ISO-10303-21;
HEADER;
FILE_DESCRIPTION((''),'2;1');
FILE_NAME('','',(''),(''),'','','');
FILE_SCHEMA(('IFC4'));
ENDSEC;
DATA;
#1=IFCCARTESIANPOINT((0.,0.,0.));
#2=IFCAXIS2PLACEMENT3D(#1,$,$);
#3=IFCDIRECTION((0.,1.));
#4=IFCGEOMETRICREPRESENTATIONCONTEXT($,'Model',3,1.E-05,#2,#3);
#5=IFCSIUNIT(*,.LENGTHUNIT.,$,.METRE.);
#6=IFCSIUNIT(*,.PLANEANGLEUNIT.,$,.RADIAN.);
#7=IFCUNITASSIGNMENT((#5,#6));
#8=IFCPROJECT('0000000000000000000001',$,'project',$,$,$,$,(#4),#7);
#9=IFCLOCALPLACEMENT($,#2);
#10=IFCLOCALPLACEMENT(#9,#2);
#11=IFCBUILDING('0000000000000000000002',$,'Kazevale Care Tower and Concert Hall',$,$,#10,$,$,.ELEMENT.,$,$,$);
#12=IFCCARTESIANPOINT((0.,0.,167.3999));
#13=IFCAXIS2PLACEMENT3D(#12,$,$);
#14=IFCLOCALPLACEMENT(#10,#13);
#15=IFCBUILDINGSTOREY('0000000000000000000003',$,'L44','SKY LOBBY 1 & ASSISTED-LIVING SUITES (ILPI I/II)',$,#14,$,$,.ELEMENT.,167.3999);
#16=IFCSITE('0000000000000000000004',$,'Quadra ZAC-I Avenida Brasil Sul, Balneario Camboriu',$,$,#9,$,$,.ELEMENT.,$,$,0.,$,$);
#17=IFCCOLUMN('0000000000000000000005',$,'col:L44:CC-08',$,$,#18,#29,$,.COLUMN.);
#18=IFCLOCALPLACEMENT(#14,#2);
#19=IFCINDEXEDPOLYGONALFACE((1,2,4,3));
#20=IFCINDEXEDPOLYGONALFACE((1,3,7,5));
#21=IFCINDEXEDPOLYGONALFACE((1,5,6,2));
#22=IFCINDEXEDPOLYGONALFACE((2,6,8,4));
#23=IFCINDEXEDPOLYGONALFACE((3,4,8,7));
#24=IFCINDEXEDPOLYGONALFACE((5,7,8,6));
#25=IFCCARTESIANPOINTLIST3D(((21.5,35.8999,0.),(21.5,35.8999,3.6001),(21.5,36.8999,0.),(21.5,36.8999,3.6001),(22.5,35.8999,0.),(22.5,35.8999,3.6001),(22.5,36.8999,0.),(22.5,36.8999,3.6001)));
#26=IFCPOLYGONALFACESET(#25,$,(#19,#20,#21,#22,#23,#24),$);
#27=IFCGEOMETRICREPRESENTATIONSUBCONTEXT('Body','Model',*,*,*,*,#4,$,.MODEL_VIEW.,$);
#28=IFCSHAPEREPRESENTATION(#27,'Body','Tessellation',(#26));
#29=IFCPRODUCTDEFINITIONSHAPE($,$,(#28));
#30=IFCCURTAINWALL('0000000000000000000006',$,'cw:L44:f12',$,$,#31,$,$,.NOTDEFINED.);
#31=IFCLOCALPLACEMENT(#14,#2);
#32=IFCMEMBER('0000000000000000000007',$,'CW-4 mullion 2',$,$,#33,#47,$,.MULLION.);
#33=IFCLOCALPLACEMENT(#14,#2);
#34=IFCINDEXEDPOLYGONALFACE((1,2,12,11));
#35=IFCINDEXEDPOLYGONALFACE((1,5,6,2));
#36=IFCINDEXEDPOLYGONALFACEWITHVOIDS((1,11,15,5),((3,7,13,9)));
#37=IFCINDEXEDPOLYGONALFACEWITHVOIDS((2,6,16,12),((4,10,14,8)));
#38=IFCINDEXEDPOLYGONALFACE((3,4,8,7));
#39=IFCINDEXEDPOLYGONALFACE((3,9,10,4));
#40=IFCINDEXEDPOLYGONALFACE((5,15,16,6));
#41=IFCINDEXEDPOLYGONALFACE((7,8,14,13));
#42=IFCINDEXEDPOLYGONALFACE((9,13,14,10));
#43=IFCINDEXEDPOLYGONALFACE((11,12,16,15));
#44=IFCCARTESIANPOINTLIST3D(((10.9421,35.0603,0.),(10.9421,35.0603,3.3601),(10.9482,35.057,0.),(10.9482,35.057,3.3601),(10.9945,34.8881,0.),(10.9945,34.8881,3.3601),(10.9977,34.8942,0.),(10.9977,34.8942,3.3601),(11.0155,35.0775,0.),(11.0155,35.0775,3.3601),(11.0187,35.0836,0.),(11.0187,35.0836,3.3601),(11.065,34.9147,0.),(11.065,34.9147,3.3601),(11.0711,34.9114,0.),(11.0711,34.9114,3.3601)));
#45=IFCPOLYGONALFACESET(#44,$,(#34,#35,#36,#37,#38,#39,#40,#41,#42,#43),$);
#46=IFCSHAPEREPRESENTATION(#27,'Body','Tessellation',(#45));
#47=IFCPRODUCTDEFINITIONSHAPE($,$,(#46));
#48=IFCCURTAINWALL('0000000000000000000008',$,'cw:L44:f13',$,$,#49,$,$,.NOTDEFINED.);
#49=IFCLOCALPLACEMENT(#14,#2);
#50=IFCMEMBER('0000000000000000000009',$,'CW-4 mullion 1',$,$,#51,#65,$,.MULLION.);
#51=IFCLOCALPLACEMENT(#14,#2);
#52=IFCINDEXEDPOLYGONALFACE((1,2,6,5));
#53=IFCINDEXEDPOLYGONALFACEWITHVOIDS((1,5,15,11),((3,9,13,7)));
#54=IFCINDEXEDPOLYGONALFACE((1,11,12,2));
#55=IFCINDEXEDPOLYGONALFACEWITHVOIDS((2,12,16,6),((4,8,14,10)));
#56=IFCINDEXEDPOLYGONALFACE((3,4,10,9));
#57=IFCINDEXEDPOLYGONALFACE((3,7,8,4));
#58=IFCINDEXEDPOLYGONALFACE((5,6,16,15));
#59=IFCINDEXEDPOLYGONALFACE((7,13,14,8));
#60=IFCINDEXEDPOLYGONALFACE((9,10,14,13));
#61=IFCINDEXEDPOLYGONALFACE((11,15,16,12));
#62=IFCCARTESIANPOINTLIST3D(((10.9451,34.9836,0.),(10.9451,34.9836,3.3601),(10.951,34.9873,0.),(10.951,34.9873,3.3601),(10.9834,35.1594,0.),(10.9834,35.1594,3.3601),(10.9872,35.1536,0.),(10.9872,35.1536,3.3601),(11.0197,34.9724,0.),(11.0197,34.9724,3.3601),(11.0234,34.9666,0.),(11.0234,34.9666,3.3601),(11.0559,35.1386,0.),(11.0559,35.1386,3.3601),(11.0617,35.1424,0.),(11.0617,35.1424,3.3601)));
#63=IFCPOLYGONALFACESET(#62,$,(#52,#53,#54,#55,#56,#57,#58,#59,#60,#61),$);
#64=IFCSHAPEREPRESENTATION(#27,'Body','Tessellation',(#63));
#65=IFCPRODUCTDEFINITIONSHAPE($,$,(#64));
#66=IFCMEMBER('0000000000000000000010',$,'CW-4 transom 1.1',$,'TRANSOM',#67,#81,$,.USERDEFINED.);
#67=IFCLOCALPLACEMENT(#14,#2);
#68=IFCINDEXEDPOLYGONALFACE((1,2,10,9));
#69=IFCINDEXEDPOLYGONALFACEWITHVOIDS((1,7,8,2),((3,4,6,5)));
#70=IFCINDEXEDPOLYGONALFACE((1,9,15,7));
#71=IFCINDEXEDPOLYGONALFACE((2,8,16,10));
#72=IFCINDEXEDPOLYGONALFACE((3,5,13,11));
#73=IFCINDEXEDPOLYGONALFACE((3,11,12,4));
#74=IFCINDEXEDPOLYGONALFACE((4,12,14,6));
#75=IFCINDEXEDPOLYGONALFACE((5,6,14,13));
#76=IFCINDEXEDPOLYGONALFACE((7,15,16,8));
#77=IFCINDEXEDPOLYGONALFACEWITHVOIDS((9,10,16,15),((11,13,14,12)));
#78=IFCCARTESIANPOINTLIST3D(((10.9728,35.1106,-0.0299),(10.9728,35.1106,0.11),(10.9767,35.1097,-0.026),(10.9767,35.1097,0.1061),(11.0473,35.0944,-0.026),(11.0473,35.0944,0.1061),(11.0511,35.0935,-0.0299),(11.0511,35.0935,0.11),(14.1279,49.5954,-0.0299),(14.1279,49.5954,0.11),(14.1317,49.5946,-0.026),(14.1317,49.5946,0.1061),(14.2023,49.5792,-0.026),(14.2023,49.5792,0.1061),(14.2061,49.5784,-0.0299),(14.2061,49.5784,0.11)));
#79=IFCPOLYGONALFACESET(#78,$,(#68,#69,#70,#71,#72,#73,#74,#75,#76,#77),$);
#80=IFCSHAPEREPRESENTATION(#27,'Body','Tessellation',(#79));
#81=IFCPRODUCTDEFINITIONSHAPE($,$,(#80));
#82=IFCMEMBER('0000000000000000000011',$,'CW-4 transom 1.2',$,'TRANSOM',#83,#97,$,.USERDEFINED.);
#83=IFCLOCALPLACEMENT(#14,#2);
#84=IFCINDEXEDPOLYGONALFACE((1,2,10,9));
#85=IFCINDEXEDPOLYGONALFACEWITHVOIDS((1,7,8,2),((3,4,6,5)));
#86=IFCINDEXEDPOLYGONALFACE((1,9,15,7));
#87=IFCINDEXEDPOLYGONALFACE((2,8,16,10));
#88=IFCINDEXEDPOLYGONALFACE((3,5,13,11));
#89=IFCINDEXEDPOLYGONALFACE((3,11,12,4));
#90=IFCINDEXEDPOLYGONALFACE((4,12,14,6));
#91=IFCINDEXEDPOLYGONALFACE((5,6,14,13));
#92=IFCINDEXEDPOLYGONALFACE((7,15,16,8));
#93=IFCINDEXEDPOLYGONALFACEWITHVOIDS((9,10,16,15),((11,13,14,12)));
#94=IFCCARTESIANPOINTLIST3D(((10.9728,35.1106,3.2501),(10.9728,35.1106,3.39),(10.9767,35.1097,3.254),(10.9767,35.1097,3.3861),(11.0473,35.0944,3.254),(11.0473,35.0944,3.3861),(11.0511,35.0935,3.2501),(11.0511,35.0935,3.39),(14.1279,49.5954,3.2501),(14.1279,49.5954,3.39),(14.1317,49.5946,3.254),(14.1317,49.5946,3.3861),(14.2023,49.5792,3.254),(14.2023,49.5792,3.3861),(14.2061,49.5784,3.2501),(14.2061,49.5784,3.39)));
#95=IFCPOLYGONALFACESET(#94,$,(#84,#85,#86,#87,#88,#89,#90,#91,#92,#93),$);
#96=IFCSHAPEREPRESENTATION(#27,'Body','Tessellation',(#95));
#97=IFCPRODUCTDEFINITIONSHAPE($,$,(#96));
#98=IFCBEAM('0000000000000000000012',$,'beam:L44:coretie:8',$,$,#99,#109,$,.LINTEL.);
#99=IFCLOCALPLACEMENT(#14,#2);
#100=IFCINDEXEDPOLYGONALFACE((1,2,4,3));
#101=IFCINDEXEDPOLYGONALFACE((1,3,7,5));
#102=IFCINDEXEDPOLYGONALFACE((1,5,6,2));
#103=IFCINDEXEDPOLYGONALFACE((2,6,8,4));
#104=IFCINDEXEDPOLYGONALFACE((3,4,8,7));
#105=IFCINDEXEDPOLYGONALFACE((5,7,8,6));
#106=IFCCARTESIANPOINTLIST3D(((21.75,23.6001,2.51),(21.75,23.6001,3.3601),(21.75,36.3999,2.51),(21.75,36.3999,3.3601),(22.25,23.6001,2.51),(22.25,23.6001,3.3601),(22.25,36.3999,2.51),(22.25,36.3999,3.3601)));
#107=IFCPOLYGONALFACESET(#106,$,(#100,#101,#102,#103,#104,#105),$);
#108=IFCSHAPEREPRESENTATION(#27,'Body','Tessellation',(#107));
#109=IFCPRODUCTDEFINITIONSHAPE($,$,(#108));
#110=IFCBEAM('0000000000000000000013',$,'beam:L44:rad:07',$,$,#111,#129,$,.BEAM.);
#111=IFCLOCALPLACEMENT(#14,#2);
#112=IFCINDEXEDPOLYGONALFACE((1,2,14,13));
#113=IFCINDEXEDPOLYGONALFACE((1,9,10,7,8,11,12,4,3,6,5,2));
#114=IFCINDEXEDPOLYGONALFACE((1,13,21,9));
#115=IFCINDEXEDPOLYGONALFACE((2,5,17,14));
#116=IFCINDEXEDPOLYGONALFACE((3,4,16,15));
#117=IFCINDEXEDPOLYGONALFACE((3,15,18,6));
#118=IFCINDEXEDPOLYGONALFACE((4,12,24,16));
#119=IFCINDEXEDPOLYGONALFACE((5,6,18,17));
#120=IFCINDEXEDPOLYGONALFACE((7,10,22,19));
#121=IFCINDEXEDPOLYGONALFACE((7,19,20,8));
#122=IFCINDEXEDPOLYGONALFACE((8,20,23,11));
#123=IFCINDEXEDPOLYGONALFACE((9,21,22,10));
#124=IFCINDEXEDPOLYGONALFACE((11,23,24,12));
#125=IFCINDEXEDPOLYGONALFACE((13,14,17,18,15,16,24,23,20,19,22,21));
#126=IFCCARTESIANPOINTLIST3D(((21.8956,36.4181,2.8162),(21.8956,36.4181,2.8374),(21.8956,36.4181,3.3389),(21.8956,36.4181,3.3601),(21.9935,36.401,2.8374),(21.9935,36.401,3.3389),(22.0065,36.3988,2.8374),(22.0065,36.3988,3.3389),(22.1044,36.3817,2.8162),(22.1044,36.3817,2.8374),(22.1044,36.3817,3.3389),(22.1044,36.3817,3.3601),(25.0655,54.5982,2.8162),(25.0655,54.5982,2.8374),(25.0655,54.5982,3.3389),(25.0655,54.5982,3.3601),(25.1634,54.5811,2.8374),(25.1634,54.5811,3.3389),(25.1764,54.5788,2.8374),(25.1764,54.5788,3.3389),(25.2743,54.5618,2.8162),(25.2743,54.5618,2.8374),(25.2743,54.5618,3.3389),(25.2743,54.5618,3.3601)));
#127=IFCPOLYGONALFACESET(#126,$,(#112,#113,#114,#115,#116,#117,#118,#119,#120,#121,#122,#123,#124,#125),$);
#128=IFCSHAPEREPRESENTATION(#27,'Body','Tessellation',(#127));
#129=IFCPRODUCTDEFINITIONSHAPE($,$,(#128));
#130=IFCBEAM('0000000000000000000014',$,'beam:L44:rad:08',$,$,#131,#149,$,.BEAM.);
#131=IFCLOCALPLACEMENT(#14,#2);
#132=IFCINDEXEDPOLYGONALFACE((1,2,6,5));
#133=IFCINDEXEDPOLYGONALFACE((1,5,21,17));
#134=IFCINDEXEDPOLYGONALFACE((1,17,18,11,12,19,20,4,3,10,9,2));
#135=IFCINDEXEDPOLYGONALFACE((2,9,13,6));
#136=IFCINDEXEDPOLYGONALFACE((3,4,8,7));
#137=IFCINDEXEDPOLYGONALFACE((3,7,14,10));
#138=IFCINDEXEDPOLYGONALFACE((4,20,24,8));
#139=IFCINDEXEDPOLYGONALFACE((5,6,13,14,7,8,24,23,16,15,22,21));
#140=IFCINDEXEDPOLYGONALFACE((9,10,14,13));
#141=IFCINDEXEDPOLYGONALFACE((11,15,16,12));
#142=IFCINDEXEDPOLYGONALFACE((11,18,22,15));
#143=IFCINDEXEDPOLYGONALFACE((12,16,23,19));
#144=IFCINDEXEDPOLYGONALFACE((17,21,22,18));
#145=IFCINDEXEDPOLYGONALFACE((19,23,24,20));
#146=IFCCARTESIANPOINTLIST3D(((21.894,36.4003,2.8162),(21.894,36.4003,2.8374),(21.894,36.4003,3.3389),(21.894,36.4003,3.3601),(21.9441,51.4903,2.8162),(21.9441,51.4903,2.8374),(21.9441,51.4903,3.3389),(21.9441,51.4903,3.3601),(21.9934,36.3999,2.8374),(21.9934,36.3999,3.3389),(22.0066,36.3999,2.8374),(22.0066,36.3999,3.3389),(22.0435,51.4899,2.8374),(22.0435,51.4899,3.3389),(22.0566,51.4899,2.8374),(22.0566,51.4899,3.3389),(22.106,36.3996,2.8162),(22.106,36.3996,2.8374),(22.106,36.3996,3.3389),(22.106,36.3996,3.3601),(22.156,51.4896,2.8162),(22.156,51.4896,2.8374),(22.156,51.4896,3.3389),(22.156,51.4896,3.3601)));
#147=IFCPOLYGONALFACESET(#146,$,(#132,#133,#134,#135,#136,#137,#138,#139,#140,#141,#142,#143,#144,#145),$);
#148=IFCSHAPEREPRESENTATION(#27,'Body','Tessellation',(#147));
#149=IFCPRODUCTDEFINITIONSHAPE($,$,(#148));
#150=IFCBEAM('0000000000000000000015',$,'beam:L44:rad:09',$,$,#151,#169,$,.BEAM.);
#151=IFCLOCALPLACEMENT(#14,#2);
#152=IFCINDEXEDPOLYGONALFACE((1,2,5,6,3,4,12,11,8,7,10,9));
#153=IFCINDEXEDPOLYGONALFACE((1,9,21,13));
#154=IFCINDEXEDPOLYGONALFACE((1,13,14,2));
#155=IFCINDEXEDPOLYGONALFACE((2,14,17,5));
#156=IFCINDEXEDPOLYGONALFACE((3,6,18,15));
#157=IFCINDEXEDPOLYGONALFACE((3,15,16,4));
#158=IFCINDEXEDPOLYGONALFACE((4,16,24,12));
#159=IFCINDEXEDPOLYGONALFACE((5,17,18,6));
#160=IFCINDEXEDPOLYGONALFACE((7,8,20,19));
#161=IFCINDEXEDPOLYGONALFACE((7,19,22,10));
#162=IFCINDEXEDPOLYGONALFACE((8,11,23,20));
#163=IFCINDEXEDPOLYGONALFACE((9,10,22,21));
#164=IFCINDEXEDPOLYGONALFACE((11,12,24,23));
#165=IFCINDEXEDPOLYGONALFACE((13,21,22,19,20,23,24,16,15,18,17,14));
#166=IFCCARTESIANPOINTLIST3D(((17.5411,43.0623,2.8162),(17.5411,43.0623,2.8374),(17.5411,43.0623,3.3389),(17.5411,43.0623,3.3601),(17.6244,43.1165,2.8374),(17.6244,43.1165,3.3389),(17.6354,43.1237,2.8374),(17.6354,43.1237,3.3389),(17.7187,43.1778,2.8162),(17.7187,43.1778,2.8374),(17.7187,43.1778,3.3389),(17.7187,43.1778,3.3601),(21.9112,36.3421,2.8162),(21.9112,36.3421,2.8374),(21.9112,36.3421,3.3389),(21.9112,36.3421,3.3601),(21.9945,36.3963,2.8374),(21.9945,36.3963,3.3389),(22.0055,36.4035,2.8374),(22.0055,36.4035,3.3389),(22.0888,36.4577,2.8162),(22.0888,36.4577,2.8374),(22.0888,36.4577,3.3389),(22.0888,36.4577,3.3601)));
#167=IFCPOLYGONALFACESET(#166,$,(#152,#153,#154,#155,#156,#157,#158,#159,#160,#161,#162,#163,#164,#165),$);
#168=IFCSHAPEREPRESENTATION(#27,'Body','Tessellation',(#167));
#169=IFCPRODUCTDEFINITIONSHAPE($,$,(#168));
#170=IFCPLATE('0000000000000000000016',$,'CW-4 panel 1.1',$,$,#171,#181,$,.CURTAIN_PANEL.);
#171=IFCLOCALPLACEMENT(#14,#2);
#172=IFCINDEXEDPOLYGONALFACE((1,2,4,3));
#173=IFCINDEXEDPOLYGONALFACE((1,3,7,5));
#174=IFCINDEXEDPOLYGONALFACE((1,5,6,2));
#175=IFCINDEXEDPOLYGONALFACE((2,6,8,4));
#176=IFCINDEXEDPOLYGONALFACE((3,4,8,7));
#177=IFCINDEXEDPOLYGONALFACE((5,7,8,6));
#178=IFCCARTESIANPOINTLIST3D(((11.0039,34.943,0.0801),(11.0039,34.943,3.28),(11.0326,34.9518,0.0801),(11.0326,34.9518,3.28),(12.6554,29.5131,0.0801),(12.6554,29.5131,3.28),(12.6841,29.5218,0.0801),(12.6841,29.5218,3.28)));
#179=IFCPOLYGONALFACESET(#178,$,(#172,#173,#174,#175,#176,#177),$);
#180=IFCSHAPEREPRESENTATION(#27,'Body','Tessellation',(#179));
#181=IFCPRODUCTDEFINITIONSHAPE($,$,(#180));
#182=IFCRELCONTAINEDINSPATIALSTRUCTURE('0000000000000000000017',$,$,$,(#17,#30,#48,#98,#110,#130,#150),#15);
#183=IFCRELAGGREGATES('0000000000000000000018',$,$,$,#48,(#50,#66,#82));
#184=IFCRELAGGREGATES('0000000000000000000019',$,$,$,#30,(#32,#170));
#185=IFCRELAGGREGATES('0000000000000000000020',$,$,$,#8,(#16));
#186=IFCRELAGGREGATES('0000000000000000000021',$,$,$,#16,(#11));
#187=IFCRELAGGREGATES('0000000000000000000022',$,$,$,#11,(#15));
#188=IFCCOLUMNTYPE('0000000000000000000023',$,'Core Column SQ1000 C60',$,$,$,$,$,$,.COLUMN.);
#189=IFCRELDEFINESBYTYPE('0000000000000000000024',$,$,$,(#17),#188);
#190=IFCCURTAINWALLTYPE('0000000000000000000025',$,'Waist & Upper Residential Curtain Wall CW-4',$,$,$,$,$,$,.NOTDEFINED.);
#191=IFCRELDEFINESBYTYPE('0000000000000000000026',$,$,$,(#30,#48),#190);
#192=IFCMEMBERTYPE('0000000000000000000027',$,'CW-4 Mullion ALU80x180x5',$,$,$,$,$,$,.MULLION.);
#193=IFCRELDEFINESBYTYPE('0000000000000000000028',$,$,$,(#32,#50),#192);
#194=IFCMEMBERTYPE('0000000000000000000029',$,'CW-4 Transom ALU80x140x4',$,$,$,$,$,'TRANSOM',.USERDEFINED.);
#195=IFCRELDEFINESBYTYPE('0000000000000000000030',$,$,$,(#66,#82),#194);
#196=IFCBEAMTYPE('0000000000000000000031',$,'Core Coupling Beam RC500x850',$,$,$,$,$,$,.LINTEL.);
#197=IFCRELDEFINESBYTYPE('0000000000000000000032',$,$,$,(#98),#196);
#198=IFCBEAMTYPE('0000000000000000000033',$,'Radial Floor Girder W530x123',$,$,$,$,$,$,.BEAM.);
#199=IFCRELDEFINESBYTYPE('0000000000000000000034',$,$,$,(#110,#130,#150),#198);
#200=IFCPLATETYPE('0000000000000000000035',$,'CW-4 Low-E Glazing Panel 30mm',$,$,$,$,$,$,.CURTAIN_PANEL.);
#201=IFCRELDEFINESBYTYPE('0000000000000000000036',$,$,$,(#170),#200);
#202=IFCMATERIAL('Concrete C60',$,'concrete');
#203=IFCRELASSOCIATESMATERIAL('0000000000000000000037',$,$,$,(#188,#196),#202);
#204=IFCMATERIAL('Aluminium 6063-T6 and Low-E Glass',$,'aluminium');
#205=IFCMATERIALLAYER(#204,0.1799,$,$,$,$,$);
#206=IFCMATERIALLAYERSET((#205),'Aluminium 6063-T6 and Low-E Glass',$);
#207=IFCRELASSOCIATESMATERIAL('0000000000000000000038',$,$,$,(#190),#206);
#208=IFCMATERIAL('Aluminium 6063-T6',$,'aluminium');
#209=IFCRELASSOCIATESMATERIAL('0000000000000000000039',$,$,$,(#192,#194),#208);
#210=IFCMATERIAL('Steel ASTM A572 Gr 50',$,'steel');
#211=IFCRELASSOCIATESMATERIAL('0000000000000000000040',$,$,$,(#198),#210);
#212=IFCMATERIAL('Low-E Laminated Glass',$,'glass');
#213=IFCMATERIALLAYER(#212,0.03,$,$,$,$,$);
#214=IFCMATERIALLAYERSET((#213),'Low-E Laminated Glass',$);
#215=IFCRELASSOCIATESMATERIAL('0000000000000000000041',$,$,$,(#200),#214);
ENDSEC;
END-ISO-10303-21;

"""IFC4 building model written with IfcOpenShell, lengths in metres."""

from ifc_helpers import new_model, si_unit, direction, frame, origin, origin_2d, place, context, subcontext, project, spatial, rectangle, hollow_rectangle, i_section, extrude, material, layer, layer_set, material_profile, profile_set, type_object, element, aggregate, save


model = new_model("IFC4")

# Units and contexts
model_context = context("Model", 3, precision=1e-05, world=origin(), true_north=direction((0.0, 1.0)))
body_context = subcontext(model_context, "Body", "Model", "MODEL_VIEW")
ifc_project = project(units=[si_unit("LENGTHUNIT", "METRE"), si_unit("PLANEANGLEUNIT", "RADIAN")], contexts=[model_context])

# Site, building, storey
site_placement = place(None, origin())
site = spatial("IfcSite", under=ifc_project, at=site_placement, Name="Quadra ZAC-I Avenida Brasil Sul, Balneario Camboriu", CompositionType="ELEMENT", RefElevation=0.0)
building_placement = place(site_placement, origin())
building = spatial("IfcBuilding", under=site, at=building_placement, Name="Kazevale Care Tower and Concert Hall", CompositionType="ELEMENT")
storey_placement = place(building_placement, frame((0.0, 0.0, 167.3999)))
storey = spatial("IfcBuildingStorey", under=building, at=storey_placement, Name="L44", Description="SKY LOBBY 1 & ASSISTED-LIVING SUITES (ILPI I/II)", CompositionType="ELEMENT", Elevation=167.3999)

# Column
ifc_material_1 = material(Name="Concrete C60", Category="concrete")
ifc_material_profile_1 = material_profile(ifc_material_1, rectangle(XDim=1.0, YDim=1.0, at=origin_2d()), Name="RC-SQ1000")
ifc_profile_set_1 = profile_set([ifc_material_profile_1], Name="Concrete C60")
column_type = type_object("IfcColumnType", Name="Core Column SQ1000 C60", PredefinedType="COLUMN", material=ifc_profile_set_1)
column_placement = place(storey_placement, frame((22.0, 36.3999, 0.0), z_axis=(0.0, 0.0, 1.0), x_axis=(1.0, 0.0, 0.0)))
element("IfcColumn", 1, at=column_placement, inside=storey, type_object=column_type, Name="col:L44:CC-08", PredefinedType="COLUMN", context=body_context, shape_type="SweptSolid", body=[
    extrude(rectangle(XDim=1.0, YDim=1.0, at=origin_2d()), origin(), (0.0, 0.0, 1.0), 3.6001),
])

# Curtain wall, member
ifc_material_2 = material(Name="Aluminium 6063-T6 and Low-E Glass", Category="aluminium")
ifc_layer_1 = layer(ifc_material_2, 0.1799)
ifc_layer_set_1 = layer_set([ifc_layer_1], Name="Aluminium 6063-T6 and Low-E Glass")
curtain_wall_type = type_object("IfcCurtainWallType", Name="Waist & Upper Residential Curtain Wall CW-4", PredefinedType="NOTDEFINED", material=ifc_layer_set_1)
curtain_wall_1_placement = place(storey_placement, origin())
curtain_wall_1 = element("IfcCurtainWall", 2, at=curtain_wall_1_placement, inside=storey, type_object=curtain_wall_type, Name="cw:L44:f12", PredefinedType="NOTDEFINED")
ifc_material_3 = material(Name="Aluminium 6063-T6", Category="aluminium")
ifc_material_profile_2 = material_profile(ifc_material_3, hollow_rectangle(XDim=0.0801, YDim=0.1799, WallThickness=0.0049, at=origin_2d()), Name="ALU80x180x5")
ifc_profile_set_2 = profile_set([ifc_material_profile_2], Name="Aluminium 6063-T6")
member_type_1 = type_object("IfcMemberType", Name="CW-4 Mullion ALU80x180x5", PredefinedType="MULLION", material=ifc_profile_set_2)
member_1_placement = place(storey_placement, frame((11.0066, 34.9858, 0.0), z_axis=(0.0, 0.0, 1.0), x_axis=(-0.95673, -0.290977, 0.0)))
member_1 = element("IfcMember", 3, at=member_1_placement, type_object=member_type_1, Name="CW-4 mullion 2", PredefinedType="MULLION", context=body_context, shape_type="SweptSolid", body=[
    extrude(hollow_rectangle(XDim=0.0801, YDim=0.1799, WallThickness=0.0049, at=origin_2d()), origin(), (0.0, 0.0, 1.0), 3.3601),
])

# Curtain wall, members
curtain_wall_2_placement = place(storey_placement, origin())
curtain_wall_2 = element("IfcCurtainWall", 4, at=curtain_wall_2_placement, inside=storey, type_object=curtain_wall_type, Name="cw:L44:f13", PredefinedType="NOTDEFINED")
member_2_placement = place(storey_placement, frame((11.0034, 35.063, 0.0), z_axis=(0.0, 0.0, 1.0), x_axis=(-0.977091, 0.212823, 0.0)))
member_2 = element("IfcMember", 5, at=member_2_placement, type_object=member_type_1, Name="CW-4 mullion 1", PredefinedType="MULLION", context=body_context, shape_type="SweptSolid", body=[
    extrude(hollow_rectangle(XDim=0.0801, YDim=0.1799, WallThickness=0.0049, at=origin_2d()), origin(), (0.0, 0.0, 1.0), 3.3601),
])
ifc_material_profile_3 = material_profile(ifc_material_3, hollow_rectangle(XDim=0.0801, YDim=0.1399, WallThickness=0.0039, at=origin_2d()), Name="ALU80x140x4")
ifc_profile_set_3 = profile_set([ifc_material_profile_3], Name="Aluminium 6063-T6")
member_type_2 = type_object("IfcMemberType", Name="CW-4 Transom ALU80x140x4", ElementType="TRANSOM", PredefinedType="USERDEFINED", material=ifc_profile_set_3)
member_3_placement = place(storey_placement, frame((11.012, 35.1021, 0.04), z_axis=(0.212826, 0.97709, 0.0), x_axis=(-0.97709, 0.212826, 0.0)))
member_3 = element("IfcMember", 6, at=member_3_placement, type_object=member_type_2, Name="CW-4 transom 1.1", ObjectType="TRANSOM", PredefinedType="USERDEFINED", context=body_context, shape_type="SweptSolid", body=[
    extrude(hollow_rectangle(XDim=0.0801, YDim=0.1399, WallThickness=0.0039, at=origin_2d()), origin(), (0.0, 0.0, 1.0), 14.8245),
])
member_4_placement = place(storey_placement, frame((11.012, 35.1021, 3.3201), z_axis=(0.212826, 0.97709, 0.0), x_axis=(-0.97709, 0.212826, 0.0)))
member_4 = element("IfcMember", 7, at=member_4_placement, type_object=member_type_2, Name="CW-4 transom 1.2", ObjectType="TRANSOM", PredefinedType="USERDEFINED", context=body_context, shape_type="SweptSolid", body=[
    extrude(hollow_rectangle(XDim=0.0801, YDim=0.1399, WallThickness=0.0039, at=origin_2d()), origin(), (0.0, 0.0, 1.0), 14.8245),
])
aggregate(curtain_wall_2, [member_2, member_3, member_4])

# Beams
ifc_material_profile_4 = material_profile(ifc_material_1, rectangle(XDim=0.5, YDim=0.8501, at=origin_2d()), Name="RC-B500x850")
ifc_profile_set_4 = profile_set([ifc_material_profile_4], Name="Concrete C60")
beam_type_1 = type_object("IfcBeamType", Name="Core Coupling Beam RC500x850", PredefinedType="LINTEL", material=ifc_profile_set_4)
beam_1_placement = place(storey_placement, frame((22.0, 36.3999, 2.9351), z_axis=(0.0, -1.0, 0.0), x_axis=(1.0, 0.0, 0.0)))
element("IfcBeam", 8, at=beam_1_placement, inside=storey, type_object=beam_type_1, Name="beam:L44:coretie:8", PredefinedType="LINTEL", context=body_context, shape_type="SweptSolid", body=[
    extrude(rectangle(XDim=0.5, YDim=0.8501, at=origin_2d()), origin(), (0.0, 0.0, 1.0), 12.7998),
])
ifc_material_4 = material(Name="Steel ASTM A572 Gr 50", Category="steel")
ifc_material_profile_5 = material_profile(ifc_material_4, i_section(OverallWidth=0.2119, OverallDepth=0.5439, WebThickness=0.0132, FlangeThickness=0.0212, at=origin_2d()), Name="W530x123")
ifc_profile_set_5 = profile_set([ifc_material_profile_5], Name="Steel ASTM A572 Gr 50")
beam_type_2 = type_object("IfcBeamType", Name="Radial Floor Girder W530x123", PredefinedType="BEAM", material=ifc_profile_set_5)
beam_2_placement = place(storey_placement, frame((22.0, 36.3999, 3.0881), z_axis=(0.17177, 0.985137, 0.0), x_axis=(-0.985137, 0.17177, 0.0)))
element("IfcBeam", 9, at=beam_2_placement, inside=storey, type_object=beam_type_2, Name="beam:L44:rad:07", PredefinedType="BEAM", context=body_context, shape_type="SweptSolid", body=[
    extrude(i_section(OverallWidth=0.2119, OverallDepth=0.5439, WebThickness=0.0132, FlangeThickness=0.0212, at=origin_2d()), origin(), (0.0, 0.0, 1.0), 18.4543),
])
beam_3_placement = place(storey_placement, frame((22.0, 36.3999, 3.0881), z_axis=(0.003317, 0.999994, 0.0), x_axis=(-0.999994, 0.003317, 0.0)))
element("IfcBeam", 10, at=beam_3_placement, inside=storey, type_object=beam_type_2, Name="beam:L44:rad:08", PredefinedType="BEAM", context=body_context, shape_type="SweptSolid", body=[
    extrude(i_section(OverallWidth=0.2119, OverallDepth=0.5439, WebThickness=0.0132, FlangeThickness=0.0212, at=origin_2d()), origin(), (0.0, 0.0, 1.0), 15.0901),
])
beam_4_placement = place(storey_placement, frame((22.0, 36.3999, 3.0881), z_axis=(-0.545162, 0.838331, 0.0), x_axis=(-0.838331, -0.545162, 0.0)))
element("IfcBeam", 11, at=beam_4_placement, inside=storey, type_object=beam_type_2, Name="beam:L44:rad:09", PredefinedType="BEAM", context=body_context, shape_type="SweptSolid", body=[
    extrude(i_section(OverallWidth=0.2119, OverallDepth=0.5439, WebThickness=0.0132, FlangeThickness=0.0212, at=origin_2d()), origin(), (0.0, 0.0, 1.0), 8.0161),
])

# Plate
ifc_material_5 = material(Name="Low-E Laminated Glass", Category="glass")
ifc_layer_2 = layer(ifc_material_5, 0.03)
ifc_layer_set_2 = layer_set([ifc_layer_2], Name="Low-E Laminated Glass")
plate_type = type_object("IfcPlateType", Name="CW-4 Low-E Glazing Panel 30mm", PredefinedType="CURTAIN_PANEL", material=ifc_layer_set_2)
plate_placement = place(storey_placement, frame((11.844, 32.2324, 0.0801), z_axis=(0.0, 0.0, 1.0), x_axis=(-0.290977, 0.95673, 0.0)))
plate = element("IfcPlate", 12, at=plate_placement, type_object=plate_type, Name="CW-4 panel 1.1", PredefinedType="CURTAIN_PANEL", context=body_context, shape_type="SweptSolid", body=[
    extrude(rectangle(XDim=5.6755, YDim=0.03, at=origin_2d()), origin(), (0.0, 0.0, 1.0), 3.2),
])
aggregate(curtain_wall_1, [member_1, plate])

save(model, "model.ifc")
